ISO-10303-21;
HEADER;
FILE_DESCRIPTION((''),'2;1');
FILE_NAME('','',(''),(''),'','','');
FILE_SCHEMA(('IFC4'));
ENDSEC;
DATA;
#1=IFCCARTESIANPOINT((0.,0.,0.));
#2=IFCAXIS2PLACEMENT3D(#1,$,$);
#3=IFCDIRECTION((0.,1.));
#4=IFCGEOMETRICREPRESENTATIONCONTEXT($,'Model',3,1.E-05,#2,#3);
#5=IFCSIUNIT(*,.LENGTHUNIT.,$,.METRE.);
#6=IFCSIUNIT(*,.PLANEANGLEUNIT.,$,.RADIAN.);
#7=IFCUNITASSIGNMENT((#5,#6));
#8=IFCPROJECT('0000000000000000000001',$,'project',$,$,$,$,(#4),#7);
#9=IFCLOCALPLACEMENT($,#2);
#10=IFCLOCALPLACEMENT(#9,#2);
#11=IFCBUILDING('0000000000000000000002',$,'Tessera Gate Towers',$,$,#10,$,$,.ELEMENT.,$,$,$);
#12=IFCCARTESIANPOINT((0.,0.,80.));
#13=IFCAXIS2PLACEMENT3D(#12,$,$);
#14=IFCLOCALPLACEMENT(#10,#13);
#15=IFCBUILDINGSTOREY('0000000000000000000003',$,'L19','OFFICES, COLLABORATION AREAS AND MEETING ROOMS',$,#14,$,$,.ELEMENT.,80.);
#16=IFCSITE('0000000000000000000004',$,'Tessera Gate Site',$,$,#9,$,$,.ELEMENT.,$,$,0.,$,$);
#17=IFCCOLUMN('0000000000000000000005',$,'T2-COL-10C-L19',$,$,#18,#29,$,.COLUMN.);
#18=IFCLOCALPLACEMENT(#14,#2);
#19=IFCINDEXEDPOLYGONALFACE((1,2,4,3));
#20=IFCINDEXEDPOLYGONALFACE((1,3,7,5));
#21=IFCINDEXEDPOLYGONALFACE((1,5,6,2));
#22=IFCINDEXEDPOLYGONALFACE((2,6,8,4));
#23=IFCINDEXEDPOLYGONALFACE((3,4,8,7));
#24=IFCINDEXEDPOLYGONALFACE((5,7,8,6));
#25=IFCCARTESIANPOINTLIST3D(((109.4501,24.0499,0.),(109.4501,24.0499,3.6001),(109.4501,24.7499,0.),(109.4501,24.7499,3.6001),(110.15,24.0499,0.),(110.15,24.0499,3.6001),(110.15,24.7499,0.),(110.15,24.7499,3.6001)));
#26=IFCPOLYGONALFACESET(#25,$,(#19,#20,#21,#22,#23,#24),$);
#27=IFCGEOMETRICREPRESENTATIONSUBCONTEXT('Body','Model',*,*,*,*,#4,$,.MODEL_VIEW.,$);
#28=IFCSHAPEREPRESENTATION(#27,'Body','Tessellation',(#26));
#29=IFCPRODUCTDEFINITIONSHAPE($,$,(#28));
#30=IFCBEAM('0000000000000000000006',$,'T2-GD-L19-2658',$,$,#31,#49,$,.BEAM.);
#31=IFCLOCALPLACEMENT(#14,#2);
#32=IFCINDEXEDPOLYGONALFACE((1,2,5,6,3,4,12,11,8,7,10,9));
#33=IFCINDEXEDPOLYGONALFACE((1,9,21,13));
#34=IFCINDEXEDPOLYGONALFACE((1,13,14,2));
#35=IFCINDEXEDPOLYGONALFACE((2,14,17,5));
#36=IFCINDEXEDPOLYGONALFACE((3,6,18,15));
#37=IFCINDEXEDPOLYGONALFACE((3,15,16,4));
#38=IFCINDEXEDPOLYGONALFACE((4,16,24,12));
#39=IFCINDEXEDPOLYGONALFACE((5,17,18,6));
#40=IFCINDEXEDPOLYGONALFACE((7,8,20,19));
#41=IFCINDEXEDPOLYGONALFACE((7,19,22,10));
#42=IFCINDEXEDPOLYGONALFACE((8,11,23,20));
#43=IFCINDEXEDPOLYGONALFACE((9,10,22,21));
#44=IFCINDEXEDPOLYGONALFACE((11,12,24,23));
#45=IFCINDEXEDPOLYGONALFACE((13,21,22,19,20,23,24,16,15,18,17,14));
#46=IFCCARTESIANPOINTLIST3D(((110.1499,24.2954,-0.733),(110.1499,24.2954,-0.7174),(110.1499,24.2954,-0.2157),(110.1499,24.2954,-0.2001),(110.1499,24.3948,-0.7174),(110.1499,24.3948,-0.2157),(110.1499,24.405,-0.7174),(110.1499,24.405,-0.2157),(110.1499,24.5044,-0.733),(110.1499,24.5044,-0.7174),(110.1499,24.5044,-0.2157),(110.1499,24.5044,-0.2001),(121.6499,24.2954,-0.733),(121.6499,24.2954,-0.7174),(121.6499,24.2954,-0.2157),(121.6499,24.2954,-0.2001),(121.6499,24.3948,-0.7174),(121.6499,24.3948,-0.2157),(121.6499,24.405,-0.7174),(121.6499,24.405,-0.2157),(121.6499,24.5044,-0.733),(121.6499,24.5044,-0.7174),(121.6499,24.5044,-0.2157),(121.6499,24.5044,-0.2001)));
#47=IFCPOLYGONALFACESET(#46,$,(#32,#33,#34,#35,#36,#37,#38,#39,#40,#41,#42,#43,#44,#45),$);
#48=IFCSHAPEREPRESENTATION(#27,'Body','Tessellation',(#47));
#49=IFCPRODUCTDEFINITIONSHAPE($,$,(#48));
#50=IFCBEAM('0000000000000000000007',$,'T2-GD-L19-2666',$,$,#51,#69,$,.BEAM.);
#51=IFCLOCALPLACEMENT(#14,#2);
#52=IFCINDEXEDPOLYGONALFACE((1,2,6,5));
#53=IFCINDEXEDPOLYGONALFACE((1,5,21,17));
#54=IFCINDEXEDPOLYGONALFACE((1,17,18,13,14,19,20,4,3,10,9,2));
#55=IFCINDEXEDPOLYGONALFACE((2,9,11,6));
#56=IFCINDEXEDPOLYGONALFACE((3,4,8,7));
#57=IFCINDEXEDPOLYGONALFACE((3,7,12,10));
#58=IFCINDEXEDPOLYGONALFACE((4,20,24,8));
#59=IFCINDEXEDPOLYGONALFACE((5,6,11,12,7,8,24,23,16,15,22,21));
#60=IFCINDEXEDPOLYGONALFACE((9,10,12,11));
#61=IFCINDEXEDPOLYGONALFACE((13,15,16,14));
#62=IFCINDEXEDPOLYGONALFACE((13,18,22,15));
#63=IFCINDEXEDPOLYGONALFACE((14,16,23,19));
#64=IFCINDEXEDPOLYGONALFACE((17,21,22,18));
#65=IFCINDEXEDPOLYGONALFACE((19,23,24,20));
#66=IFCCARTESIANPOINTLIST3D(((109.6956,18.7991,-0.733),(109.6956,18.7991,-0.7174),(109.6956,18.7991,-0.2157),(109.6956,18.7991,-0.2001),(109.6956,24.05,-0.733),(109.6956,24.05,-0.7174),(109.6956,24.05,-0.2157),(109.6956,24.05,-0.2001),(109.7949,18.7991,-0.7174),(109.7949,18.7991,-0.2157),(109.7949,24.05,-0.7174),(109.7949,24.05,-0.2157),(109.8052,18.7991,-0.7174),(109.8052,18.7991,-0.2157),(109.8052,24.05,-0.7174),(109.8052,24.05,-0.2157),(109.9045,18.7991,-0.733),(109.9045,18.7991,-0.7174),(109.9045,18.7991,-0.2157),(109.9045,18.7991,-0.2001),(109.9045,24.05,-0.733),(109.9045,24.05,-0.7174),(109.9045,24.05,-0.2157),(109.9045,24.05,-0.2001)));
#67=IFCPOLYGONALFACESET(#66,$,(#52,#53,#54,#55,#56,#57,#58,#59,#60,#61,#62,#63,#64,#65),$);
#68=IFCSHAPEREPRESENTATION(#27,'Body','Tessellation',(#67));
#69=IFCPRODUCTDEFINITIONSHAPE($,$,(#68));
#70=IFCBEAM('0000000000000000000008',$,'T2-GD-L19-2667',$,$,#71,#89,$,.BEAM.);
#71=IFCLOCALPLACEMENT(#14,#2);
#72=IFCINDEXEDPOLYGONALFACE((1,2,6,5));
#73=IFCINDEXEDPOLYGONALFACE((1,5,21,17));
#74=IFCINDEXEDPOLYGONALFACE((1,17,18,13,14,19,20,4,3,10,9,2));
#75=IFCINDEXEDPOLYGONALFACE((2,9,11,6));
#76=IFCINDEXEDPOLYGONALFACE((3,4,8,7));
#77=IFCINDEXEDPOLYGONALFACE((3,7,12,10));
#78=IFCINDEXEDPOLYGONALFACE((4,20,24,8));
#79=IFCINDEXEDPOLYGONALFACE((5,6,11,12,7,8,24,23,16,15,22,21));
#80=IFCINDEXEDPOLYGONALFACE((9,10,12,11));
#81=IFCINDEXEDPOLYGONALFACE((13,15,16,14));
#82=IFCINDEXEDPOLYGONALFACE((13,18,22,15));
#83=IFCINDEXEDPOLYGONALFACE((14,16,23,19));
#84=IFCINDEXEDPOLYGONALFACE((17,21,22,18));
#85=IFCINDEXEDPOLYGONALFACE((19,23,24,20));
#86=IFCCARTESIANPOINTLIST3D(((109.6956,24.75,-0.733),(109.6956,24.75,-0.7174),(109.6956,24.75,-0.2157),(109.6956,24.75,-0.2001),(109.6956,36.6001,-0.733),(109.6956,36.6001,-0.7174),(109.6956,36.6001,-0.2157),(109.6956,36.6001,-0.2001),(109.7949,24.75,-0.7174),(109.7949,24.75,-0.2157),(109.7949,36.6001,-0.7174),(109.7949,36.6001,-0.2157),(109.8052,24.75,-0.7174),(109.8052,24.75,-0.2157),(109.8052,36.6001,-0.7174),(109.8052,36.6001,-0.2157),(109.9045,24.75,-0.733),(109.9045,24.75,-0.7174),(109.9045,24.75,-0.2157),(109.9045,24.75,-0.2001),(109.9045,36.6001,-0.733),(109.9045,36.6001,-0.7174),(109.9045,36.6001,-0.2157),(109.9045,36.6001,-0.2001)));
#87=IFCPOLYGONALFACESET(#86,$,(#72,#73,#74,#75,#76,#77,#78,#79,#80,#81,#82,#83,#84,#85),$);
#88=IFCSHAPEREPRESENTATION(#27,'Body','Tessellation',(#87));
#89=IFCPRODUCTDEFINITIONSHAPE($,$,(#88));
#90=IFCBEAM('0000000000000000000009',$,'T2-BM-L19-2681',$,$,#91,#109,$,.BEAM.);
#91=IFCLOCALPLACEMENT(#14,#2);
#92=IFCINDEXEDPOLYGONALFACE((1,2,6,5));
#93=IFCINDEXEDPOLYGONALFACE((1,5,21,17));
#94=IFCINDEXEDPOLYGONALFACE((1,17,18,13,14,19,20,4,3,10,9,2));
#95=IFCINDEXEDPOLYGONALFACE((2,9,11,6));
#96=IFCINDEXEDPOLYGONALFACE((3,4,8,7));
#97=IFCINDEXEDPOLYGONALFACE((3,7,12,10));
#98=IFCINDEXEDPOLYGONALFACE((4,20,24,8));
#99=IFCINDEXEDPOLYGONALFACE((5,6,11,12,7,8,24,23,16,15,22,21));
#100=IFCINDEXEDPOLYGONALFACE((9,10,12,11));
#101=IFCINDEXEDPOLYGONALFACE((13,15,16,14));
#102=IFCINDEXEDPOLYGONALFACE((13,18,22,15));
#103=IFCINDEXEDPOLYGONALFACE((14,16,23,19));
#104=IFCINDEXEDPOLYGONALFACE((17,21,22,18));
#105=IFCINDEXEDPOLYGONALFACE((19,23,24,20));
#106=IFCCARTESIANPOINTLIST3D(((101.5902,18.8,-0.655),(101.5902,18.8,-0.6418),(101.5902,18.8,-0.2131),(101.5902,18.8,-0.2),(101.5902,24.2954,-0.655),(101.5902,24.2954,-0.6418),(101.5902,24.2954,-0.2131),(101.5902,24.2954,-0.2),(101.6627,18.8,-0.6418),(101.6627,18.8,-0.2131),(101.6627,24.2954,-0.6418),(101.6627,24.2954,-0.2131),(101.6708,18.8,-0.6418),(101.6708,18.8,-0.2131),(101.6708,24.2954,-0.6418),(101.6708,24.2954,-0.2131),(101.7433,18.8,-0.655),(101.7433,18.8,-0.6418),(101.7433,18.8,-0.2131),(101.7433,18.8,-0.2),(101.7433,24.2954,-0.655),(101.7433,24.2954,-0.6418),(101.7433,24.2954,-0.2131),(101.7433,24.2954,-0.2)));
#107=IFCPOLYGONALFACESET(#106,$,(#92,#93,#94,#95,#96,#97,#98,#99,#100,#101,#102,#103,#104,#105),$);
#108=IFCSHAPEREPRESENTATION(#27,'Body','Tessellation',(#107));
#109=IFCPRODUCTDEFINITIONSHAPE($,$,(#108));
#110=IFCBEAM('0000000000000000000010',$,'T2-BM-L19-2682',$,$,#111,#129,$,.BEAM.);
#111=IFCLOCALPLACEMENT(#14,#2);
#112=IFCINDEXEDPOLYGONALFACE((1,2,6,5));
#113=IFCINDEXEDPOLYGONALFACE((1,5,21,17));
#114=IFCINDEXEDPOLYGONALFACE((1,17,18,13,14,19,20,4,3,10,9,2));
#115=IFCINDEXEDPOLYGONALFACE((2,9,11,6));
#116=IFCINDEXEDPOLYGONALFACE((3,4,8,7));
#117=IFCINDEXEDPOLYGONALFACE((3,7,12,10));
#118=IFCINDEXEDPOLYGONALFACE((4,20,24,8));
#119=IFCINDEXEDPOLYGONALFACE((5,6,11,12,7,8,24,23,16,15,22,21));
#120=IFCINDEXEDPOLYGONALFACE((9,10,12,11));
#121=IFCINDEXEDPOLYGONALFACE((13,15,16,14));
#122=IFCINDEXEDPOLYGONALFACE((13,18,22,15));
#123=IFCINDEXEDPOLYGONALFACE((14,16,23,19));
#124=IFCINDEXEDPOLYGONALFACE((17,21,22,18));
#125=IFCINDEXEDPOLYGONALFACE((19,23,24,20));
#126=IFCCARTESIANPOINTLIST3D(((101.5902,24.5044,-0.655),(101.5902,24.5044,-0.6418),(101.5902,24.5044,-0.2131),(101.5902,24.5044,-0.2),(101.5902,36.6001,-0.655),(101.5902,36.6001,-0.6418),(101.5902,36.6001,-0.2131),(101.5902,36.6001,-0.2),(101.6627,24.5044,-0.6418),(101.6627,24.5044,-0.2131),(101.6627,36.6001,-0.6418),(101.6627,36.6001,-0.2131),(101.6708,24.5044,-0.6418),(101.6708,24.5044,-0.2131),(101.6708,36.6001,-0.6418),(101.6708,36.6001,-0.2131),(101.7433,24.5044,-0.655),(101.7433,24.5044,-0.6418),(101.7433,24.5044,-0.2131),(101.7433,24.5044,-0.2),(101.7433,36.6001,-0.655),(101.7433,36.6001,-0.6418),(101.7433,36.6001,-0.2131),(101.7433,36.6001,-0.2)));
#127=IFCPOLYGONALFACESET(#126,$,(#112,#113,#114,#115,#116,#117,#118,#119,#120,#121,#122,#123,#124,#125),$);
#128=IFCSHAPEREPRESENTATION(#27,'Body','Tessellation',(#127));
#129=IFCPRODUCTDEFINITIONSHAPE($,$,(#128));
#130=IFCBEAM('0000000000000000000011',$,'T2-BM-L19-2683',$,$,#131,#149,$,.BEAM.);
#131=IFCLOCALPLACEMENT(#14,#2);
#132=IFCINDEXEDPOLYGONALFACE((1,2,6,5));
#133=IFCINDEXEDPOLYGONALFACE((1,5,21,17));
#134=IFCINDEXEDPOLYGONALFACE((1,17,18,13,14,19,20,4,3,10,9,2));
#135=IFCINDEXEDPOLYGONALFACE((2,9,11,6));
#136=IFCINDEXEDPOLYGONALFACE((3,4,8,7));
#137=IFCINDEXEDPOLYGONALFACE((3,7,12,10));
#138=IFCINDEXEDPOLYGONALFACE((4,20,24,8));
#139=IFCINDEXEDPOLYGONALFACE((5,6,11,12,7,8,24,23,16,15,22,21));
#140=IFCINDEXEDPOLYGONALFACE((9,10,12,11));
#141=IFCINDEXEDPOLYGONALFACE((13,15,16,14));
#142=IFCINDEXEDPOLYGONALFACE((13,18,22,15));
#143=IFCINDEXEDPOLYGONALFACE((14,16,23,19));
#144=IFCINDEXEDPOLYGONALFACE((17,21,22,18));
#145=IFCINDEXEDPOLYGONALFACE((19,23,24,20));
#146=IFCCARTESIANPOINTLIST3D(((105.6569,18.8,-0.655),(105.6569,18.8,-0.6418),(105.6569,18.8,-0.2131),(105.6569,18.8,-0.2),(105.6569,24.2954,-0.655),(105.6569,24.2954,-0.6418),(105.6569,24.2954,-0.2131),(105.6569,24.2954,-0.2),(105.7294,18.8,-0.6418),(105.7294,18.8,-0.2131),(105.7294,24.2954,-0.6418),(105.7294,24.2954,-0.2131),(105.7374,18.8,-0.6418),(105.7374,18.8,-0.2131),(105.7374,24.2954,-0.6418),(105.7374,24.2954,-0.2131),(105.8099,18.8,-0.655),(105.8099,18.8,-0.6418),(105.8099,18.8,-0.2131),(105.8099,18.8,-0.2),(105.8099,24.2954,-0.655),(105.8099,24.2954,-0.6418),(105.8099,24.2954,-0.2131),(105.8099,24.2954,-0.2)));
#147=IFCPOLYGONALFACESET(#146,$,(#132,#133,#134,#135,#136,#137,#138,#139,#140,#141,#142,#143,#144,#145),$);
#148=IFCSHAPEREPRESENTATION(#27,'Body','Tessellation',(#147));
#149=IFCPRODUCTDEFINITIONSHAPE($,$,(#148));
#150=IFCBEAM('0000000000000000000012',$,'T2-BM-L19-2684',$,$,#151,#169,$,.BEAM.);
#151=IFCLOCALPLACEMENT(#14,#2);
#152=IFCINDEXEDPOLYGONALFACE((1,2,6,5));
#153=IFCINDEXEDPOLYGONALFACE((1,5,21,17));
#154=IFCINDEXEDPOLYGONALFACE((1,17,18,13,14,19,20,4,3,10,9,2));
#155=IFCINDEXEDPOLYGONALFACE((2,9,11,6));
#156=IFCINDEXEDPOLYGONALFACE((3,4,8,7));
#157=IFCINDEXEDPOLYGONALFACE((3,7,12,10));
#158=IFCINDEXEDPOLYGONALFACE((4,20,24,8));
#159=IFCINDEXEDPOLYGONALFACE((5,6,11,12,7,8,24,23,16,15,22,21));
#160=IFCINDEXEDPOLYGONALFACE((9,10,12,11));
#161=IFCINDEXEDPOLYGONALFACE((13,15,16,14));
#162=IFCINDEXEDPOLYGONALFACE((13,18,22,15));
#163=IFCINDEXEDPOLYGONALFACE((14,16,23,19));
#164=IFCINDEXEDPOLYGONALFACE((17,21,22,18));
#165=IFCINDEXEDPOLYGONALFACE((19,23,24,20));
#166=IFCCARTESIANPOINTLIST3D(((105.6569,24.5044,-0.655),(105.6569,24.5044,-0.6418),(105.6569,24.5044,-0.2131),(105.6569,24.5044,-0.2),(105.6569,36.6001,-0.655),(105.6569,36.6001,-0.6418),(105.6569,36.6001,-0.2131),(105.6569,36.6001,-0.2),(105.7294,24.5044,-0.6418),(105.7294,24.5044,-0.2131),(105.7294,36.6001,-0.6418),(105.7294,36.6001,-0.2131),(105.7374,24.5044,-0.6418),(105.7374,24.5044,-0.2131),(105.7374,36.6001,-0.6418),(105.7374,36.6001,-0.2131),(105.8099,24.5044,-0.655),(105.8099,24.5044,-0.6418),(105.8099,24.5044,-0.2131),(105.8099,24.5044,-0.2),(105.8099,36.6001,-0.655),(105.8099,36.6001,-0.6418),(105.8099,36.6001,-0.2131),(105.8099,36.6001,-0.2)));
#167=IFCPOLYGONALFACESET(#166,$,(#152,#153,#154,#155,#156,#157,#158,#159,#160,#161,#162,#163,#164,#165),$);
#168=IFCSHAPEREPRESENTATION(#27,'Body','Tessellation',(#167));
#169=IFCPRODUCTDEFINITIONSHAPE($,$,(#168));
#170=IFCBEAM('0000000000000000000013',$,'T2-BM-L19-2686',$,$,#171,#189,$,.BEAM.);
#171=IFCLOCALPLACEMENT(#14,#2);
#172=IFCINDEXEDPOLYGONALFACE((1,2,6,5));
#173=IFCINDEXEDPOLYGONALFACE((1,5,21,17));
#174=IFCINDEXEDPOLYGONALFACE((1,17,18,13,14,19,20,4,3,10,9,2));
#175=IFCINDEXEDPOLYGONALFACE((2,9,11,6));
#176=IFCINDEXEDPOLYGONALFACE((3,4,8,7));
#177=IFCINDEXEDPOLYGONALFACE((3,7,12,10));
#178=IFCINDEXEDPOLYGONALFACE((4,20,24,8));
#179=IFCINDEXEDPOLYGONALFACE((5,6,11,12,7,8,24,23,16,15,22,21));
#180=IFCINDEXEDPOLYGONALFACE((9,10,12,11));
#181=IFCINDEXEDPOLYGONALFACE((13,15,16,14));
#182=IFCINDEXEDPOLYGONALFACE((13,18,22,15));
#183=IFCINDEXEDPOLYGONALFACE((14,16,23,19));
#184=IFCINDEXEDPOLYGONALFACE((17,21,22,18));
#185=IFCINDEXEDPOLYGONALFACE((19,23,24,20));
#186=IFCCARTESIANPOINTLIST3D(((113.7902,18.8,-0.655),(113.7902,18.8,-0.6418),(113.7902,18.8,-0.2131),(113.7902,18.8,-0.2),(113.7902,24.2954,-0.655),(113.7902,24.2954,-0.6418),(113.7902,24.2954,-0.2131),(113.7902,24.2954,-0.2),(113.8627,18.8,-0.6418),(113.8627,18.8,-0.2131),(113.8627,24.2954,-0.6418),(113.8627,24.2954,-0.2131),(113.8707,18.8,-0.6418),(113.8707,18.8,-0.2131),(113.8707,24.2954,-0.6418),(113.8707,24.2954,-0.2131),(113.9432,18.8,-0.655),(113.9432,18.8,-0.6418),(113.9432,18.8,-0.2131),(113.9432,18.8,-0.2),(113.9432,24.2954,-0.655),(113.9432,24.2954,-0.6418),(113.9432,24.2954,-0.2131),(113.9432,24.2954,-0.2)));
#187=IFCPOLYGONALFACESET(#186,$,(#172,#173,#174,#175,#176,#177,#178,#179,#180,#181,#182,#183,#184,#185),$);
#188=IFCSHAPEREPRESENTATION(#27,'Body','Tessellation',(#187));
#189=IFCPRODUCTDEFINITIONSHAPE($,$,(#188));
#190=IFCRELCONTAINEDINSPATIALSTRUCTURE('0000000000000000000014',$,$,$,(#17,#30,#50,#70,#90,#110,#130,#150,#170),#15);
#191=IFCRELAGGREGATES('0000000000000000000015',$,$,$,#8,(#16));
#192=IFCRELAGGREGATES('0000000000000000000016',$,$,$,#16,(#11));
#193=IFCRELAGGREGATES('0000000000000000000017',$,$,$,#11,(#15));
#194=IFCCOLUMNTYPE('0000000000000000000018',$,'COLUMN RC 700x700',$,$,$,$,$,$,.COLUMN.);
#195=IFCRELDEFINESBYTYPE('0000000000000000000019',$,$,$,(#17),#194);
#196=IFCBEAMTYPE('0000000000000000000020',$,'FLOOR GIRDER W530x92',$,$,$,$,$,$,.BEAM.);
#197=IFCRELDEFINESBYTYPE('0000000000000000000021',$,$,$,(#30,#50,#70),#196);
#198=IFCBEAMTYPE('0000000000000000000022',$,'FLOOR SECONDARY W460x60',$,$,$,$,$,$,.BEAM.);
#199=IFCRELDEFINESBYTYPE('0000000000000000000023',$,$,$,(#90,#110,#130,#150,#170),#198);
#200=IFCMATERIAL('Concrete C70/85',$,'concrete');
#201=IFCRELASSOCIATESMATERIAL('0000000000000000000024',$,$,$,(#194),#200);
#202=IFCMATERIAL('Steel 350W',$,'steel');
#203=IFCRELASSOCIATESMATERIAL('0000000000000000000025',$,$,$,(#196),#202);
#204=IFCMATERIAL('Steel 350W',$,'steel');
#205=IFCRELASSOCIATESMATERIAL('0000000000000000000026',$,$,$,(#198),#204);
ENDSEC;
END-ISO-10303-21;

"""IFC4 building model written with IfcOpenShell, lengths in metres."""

from ifc_helpers import new_model, si_unit, direction, frame, origin, origin_2d, place, context, subcontext, project, spatial, rectangle, i_section, extrude, material, material_profile, profile_set, type_object, element, save


model = new_model("IFC4")

# Units and contexts
model_context = context("Model", 3, precision=1e-05, world=origin(), true_north=direction((0.0, 1.0)))
body_context = subcontext(model_context, "Body", "Model", "MODEL_VIEW")
ifc_project = project(units=[si_unit("LENGTHUNIT", "METRE"), si_unit("PLANEANGLEUNIT", "RADIAN")], contexts=[model_context])

# Site, building, storey
site_placement = place(None, origin())
site = spatial("IfcSite", under=ifc_project, at=site_placement, Name="Tessera Gate Site", CompositionType="ELEMENT", RefElevation=0.0)
building_placement = place(site_placement, origin())
building = spatial("IfcBuilding", under=site, at=building_placement, Name="Tessera Gate Towers", CompositionType="ELEMENT")
storey_placement = place(building_placement, frame((0.0, 0.0, 80.0)))
storey = spatial("IfcBuildingStorey", under=building, at=storey_placement, Name="L19", Description="OFFICES, COLLABORATION AREAS AND MEETING ROOMS", CompositionType="ELEMENT", Elevation=80.0)

# Column
ifc_material_1 = material(Name="Concrete C70/85", Category="concrete")
ifc_material_profile_1 = material_profile(ifc_material_1, rectangle(XDim=0.7, YDim=0.7, at=origin_2d()), Name="RC 700x700")
ifc_profile_set_1 = profile_set([ifc_material_profile_1], Name="Concrete C70/85")
column_type = type_object("IfcColumnType", Name="COLUMN RC 700x700", PredefinedType="COLUMN", material=ifc_profile_set_1)
column_placement = place(storey_placement, frame((109.8, 24.3999, 0.0), z_axis=(0.0, 0.0, 1.0), x_axis=(1.0, 0.0, 0.0)))
element("IfcColumn", 1, at=column_placement, inside=storey, type_object=column_type, Name="T2-COL-10C-L19", PredefinedType="COLUMN", context=body_context, shape_type="SweptSolid", body=[
    extrude(rectangle(XDim=0.7, YDim=0.7, at=origin_2d()), origin(), (0.0, 0.0, 1.0), 3.6001),
])

# Beams
ifc_material_2 = material(Name="Steel 350W", Category="steel")
ifc_material_profile_2 = material_profile(ifc_material_2, i_section(OverallWidth=0.209, OverallDepth=0.533, WebThickness=0.0103, FlangeThickness=0.0156, at=origin_2d()), Name="W530x92")
ifc_profile_set_2 = profile_set([ifc_material_profile_2], Name="Steel 350W")
beam_type_1 = type_object("IfcBeamType", Name="FLOOR GIRDER W530x92", PredefinedType="BEAM", material=ifc_profile_set_2)
beam_1_placement = place(storey_placement, frame((110.1499, 24.3999, -0.4666), z_axis=(1.0, 0.0, 0.0), x_axis=(0.0, 1.0, 0.0)))
element("IfcBeam", 2, at=beam_1_placement, inside=storey, type_object=beam_type_1, Name="T2-GD-L19-2658", PredefinedType="BEAM", context=body_context, shape_type="SweptSolid", body=[
    extrude(i_section(OverallWidth=0.209, OverallDepth=0.533, WebThickness=0.0103, FlangeThickness=0.0156, at=origin_2d()), origin(), (0.0, 0.0, 1.0), 11.5),
])
beam_2_placement = place(storey_placement, frame((109.8, 18.7991, -0.4666), z_axis=(0.0, 1.0, 0.0), x_axis=(-1.0, 0.0, 0.0)))
element("IfcBeam", 3, at=beam_2_placement, inside=storey, type_object=beam_type_1, Name="T2-GD-L19-2666", PredefinedType="BEAM", context=body_context, shape_type="SweptSolid", body=[
    extrude(i_section(OverallWidth=0.209, OverallDepth=0.533, WebThickness=0.0103, FlangeThickness=0.0156, at=origin_2d()), origin(), (0.0, 0.0, 1.0), 5.251),
])
beam_3_placement = place(storey_placement, frame((109.8, 24.75, -0.4666), z_axis=(0.0, 1.0, 0.0), x_axis=(-1.0, 0.0, 0.0)))
element("IfcBeam", 4, at=beam_3_placement, inside=storey, type_object=beam_type_1, Name="T2-GD-L19-2667", PredefinedType="BEAM", context=body_context, shape_type="SweptSolid", body=[
    extrude(i_section(OverallWidth=0.209, OverallDepth=0.533, WebThickness=0.0103, FlangeThickness=0.0156, at=origin_2d()), origin(), (0.0, 0.0, 1.0), 11.8501),
])
ifc_material_3 = material(Name="Steel 350W", Category="steel")
ifc_material_profile_3 = material_profile(ifc_material_3, i_section(OverallWidth=0.1531, OverallDepth=0.4551, WebThickness=0.0081, FlangeThickness=0.0132, at=origin_2d()), Name="W460x60")
ifc_profile_set_3 = profile_set([ifc_material_profile_3], Name="Steel 350W")
beam_type_2 = type_object("IfcBeamType", Name="FLOOR SECONDARY W460x60", PredefinedType="BEAM", material=ifc_profile_set_3)
beam_4_placement = place(storey_placement, frame((101.6667, 18.8, -0.4275), z_axis=(0.0, 1.0, 0.0), x_axis=(-1.0, 0.0, 0.0)))
element("IfcBeam", 5, at=beam_4_placement, inside=storey, type_object=beam_type_2, Name="T2-BM-L19-2681", PredefinedType="BEAM", context=body_context, shape_type="SweptSolid", body=[
    extrude(i_section(OverallWidth=0.1531, OverallDepth=0.4551, WebThickness=0.0081, FlangeThickness=0.0132, at=origin_2d()), origin(), (0.0, 0.0, 1.0), 5.4954),
])
beam_5_placement = place(storey_placement, frame((101.6667, 24.5044, -0.4275), z_axis=(0.0, 1.0, 0.0), x_axis=(-1.0, 0.0, 0.0)))
element("IfcBeam", 6, at=beam_5_placement, inside=storey, type_object=beam_type_2, Name="T2-BM-L19-2682", PredefinedType="BEAM", context=body_context, shape_type="SweptSolid", body=[
    extrude(i_section(OverallWidth=0.1531, OverallDepth=0.4551, WebThickness=0.0081, FlangeThickness=0.0132, at=origin_2d()), origin(), (0.0, 0.0, 1.0), 12.0957),
])
beam_6_placement = place(storey_placement, frame((105.7334, 18.8, -0.4275), z_axis=(0.0, 1.0, 0.0), x_axis=(-1.0, 0.0, 0.0)))
element("IfcBeam", 7, at=beam_6_placement, inside=storey, type_object=beam_type_2, Name="T2-BM-L19-2683", PredefinedType="BEAM", context=body_context, shape_type="SweptSolid", body=[
    extrude(i_section(OverallWidth=0.1531, OverallDepth=0.4551, WebThickness=0.0081, FlangeThickness=0.0132, at=origin_2d()), origin(), (0.0, 0.0, 1.0), 5.4954),
])
beam_7_placement = place(storey_placement, frame((105.7334, 24.5044, -0.4275), z_axis=(0.0, 1.0, 0.0), x_axis=(-1.0, 0.0, 0.0)))
element("IfcBeam", 8, at=beam_7_placement, inside=storey, type_object=beam_type_2, Name="T2-BM-L19-2684", PredefinedType="BEAM", context=body_context, shape_type="SweptSolid", body=[
    extrude(i_section(OverallWidth=0.1531, OverallDepth=0.4551, WebThickness=0.0081, FlangeThickness=0.0132, at=origin_2d()), origin(), (0.0, 0.0, 1.0), 12.0957),
])
beam_8_placement = place(storey_placement, frame((113.8667, 18.8, -0.4275), z_axis=(0.0, 1.0, 0.0), x_axis=(-1.0, 0.0, 0.0)))
element("IfcBeam", 9, at=beam_8_placement, inside=storey, type_object=beam_type_2, Name="T2-BM-L19-2686", PredefinedType="BEAM", context=body_context, shape_type="SweptSolid", body=[
    extrude(i_section(OverallWidth=0.1531, OverallDepth=0.4551, WebThickness=0.0081, FlangeThickness=0.0132, at=origin_2d()), origin(), (0.0, 0.0, 1.0), 5.4954),
])

save(model, "model.ifc")
